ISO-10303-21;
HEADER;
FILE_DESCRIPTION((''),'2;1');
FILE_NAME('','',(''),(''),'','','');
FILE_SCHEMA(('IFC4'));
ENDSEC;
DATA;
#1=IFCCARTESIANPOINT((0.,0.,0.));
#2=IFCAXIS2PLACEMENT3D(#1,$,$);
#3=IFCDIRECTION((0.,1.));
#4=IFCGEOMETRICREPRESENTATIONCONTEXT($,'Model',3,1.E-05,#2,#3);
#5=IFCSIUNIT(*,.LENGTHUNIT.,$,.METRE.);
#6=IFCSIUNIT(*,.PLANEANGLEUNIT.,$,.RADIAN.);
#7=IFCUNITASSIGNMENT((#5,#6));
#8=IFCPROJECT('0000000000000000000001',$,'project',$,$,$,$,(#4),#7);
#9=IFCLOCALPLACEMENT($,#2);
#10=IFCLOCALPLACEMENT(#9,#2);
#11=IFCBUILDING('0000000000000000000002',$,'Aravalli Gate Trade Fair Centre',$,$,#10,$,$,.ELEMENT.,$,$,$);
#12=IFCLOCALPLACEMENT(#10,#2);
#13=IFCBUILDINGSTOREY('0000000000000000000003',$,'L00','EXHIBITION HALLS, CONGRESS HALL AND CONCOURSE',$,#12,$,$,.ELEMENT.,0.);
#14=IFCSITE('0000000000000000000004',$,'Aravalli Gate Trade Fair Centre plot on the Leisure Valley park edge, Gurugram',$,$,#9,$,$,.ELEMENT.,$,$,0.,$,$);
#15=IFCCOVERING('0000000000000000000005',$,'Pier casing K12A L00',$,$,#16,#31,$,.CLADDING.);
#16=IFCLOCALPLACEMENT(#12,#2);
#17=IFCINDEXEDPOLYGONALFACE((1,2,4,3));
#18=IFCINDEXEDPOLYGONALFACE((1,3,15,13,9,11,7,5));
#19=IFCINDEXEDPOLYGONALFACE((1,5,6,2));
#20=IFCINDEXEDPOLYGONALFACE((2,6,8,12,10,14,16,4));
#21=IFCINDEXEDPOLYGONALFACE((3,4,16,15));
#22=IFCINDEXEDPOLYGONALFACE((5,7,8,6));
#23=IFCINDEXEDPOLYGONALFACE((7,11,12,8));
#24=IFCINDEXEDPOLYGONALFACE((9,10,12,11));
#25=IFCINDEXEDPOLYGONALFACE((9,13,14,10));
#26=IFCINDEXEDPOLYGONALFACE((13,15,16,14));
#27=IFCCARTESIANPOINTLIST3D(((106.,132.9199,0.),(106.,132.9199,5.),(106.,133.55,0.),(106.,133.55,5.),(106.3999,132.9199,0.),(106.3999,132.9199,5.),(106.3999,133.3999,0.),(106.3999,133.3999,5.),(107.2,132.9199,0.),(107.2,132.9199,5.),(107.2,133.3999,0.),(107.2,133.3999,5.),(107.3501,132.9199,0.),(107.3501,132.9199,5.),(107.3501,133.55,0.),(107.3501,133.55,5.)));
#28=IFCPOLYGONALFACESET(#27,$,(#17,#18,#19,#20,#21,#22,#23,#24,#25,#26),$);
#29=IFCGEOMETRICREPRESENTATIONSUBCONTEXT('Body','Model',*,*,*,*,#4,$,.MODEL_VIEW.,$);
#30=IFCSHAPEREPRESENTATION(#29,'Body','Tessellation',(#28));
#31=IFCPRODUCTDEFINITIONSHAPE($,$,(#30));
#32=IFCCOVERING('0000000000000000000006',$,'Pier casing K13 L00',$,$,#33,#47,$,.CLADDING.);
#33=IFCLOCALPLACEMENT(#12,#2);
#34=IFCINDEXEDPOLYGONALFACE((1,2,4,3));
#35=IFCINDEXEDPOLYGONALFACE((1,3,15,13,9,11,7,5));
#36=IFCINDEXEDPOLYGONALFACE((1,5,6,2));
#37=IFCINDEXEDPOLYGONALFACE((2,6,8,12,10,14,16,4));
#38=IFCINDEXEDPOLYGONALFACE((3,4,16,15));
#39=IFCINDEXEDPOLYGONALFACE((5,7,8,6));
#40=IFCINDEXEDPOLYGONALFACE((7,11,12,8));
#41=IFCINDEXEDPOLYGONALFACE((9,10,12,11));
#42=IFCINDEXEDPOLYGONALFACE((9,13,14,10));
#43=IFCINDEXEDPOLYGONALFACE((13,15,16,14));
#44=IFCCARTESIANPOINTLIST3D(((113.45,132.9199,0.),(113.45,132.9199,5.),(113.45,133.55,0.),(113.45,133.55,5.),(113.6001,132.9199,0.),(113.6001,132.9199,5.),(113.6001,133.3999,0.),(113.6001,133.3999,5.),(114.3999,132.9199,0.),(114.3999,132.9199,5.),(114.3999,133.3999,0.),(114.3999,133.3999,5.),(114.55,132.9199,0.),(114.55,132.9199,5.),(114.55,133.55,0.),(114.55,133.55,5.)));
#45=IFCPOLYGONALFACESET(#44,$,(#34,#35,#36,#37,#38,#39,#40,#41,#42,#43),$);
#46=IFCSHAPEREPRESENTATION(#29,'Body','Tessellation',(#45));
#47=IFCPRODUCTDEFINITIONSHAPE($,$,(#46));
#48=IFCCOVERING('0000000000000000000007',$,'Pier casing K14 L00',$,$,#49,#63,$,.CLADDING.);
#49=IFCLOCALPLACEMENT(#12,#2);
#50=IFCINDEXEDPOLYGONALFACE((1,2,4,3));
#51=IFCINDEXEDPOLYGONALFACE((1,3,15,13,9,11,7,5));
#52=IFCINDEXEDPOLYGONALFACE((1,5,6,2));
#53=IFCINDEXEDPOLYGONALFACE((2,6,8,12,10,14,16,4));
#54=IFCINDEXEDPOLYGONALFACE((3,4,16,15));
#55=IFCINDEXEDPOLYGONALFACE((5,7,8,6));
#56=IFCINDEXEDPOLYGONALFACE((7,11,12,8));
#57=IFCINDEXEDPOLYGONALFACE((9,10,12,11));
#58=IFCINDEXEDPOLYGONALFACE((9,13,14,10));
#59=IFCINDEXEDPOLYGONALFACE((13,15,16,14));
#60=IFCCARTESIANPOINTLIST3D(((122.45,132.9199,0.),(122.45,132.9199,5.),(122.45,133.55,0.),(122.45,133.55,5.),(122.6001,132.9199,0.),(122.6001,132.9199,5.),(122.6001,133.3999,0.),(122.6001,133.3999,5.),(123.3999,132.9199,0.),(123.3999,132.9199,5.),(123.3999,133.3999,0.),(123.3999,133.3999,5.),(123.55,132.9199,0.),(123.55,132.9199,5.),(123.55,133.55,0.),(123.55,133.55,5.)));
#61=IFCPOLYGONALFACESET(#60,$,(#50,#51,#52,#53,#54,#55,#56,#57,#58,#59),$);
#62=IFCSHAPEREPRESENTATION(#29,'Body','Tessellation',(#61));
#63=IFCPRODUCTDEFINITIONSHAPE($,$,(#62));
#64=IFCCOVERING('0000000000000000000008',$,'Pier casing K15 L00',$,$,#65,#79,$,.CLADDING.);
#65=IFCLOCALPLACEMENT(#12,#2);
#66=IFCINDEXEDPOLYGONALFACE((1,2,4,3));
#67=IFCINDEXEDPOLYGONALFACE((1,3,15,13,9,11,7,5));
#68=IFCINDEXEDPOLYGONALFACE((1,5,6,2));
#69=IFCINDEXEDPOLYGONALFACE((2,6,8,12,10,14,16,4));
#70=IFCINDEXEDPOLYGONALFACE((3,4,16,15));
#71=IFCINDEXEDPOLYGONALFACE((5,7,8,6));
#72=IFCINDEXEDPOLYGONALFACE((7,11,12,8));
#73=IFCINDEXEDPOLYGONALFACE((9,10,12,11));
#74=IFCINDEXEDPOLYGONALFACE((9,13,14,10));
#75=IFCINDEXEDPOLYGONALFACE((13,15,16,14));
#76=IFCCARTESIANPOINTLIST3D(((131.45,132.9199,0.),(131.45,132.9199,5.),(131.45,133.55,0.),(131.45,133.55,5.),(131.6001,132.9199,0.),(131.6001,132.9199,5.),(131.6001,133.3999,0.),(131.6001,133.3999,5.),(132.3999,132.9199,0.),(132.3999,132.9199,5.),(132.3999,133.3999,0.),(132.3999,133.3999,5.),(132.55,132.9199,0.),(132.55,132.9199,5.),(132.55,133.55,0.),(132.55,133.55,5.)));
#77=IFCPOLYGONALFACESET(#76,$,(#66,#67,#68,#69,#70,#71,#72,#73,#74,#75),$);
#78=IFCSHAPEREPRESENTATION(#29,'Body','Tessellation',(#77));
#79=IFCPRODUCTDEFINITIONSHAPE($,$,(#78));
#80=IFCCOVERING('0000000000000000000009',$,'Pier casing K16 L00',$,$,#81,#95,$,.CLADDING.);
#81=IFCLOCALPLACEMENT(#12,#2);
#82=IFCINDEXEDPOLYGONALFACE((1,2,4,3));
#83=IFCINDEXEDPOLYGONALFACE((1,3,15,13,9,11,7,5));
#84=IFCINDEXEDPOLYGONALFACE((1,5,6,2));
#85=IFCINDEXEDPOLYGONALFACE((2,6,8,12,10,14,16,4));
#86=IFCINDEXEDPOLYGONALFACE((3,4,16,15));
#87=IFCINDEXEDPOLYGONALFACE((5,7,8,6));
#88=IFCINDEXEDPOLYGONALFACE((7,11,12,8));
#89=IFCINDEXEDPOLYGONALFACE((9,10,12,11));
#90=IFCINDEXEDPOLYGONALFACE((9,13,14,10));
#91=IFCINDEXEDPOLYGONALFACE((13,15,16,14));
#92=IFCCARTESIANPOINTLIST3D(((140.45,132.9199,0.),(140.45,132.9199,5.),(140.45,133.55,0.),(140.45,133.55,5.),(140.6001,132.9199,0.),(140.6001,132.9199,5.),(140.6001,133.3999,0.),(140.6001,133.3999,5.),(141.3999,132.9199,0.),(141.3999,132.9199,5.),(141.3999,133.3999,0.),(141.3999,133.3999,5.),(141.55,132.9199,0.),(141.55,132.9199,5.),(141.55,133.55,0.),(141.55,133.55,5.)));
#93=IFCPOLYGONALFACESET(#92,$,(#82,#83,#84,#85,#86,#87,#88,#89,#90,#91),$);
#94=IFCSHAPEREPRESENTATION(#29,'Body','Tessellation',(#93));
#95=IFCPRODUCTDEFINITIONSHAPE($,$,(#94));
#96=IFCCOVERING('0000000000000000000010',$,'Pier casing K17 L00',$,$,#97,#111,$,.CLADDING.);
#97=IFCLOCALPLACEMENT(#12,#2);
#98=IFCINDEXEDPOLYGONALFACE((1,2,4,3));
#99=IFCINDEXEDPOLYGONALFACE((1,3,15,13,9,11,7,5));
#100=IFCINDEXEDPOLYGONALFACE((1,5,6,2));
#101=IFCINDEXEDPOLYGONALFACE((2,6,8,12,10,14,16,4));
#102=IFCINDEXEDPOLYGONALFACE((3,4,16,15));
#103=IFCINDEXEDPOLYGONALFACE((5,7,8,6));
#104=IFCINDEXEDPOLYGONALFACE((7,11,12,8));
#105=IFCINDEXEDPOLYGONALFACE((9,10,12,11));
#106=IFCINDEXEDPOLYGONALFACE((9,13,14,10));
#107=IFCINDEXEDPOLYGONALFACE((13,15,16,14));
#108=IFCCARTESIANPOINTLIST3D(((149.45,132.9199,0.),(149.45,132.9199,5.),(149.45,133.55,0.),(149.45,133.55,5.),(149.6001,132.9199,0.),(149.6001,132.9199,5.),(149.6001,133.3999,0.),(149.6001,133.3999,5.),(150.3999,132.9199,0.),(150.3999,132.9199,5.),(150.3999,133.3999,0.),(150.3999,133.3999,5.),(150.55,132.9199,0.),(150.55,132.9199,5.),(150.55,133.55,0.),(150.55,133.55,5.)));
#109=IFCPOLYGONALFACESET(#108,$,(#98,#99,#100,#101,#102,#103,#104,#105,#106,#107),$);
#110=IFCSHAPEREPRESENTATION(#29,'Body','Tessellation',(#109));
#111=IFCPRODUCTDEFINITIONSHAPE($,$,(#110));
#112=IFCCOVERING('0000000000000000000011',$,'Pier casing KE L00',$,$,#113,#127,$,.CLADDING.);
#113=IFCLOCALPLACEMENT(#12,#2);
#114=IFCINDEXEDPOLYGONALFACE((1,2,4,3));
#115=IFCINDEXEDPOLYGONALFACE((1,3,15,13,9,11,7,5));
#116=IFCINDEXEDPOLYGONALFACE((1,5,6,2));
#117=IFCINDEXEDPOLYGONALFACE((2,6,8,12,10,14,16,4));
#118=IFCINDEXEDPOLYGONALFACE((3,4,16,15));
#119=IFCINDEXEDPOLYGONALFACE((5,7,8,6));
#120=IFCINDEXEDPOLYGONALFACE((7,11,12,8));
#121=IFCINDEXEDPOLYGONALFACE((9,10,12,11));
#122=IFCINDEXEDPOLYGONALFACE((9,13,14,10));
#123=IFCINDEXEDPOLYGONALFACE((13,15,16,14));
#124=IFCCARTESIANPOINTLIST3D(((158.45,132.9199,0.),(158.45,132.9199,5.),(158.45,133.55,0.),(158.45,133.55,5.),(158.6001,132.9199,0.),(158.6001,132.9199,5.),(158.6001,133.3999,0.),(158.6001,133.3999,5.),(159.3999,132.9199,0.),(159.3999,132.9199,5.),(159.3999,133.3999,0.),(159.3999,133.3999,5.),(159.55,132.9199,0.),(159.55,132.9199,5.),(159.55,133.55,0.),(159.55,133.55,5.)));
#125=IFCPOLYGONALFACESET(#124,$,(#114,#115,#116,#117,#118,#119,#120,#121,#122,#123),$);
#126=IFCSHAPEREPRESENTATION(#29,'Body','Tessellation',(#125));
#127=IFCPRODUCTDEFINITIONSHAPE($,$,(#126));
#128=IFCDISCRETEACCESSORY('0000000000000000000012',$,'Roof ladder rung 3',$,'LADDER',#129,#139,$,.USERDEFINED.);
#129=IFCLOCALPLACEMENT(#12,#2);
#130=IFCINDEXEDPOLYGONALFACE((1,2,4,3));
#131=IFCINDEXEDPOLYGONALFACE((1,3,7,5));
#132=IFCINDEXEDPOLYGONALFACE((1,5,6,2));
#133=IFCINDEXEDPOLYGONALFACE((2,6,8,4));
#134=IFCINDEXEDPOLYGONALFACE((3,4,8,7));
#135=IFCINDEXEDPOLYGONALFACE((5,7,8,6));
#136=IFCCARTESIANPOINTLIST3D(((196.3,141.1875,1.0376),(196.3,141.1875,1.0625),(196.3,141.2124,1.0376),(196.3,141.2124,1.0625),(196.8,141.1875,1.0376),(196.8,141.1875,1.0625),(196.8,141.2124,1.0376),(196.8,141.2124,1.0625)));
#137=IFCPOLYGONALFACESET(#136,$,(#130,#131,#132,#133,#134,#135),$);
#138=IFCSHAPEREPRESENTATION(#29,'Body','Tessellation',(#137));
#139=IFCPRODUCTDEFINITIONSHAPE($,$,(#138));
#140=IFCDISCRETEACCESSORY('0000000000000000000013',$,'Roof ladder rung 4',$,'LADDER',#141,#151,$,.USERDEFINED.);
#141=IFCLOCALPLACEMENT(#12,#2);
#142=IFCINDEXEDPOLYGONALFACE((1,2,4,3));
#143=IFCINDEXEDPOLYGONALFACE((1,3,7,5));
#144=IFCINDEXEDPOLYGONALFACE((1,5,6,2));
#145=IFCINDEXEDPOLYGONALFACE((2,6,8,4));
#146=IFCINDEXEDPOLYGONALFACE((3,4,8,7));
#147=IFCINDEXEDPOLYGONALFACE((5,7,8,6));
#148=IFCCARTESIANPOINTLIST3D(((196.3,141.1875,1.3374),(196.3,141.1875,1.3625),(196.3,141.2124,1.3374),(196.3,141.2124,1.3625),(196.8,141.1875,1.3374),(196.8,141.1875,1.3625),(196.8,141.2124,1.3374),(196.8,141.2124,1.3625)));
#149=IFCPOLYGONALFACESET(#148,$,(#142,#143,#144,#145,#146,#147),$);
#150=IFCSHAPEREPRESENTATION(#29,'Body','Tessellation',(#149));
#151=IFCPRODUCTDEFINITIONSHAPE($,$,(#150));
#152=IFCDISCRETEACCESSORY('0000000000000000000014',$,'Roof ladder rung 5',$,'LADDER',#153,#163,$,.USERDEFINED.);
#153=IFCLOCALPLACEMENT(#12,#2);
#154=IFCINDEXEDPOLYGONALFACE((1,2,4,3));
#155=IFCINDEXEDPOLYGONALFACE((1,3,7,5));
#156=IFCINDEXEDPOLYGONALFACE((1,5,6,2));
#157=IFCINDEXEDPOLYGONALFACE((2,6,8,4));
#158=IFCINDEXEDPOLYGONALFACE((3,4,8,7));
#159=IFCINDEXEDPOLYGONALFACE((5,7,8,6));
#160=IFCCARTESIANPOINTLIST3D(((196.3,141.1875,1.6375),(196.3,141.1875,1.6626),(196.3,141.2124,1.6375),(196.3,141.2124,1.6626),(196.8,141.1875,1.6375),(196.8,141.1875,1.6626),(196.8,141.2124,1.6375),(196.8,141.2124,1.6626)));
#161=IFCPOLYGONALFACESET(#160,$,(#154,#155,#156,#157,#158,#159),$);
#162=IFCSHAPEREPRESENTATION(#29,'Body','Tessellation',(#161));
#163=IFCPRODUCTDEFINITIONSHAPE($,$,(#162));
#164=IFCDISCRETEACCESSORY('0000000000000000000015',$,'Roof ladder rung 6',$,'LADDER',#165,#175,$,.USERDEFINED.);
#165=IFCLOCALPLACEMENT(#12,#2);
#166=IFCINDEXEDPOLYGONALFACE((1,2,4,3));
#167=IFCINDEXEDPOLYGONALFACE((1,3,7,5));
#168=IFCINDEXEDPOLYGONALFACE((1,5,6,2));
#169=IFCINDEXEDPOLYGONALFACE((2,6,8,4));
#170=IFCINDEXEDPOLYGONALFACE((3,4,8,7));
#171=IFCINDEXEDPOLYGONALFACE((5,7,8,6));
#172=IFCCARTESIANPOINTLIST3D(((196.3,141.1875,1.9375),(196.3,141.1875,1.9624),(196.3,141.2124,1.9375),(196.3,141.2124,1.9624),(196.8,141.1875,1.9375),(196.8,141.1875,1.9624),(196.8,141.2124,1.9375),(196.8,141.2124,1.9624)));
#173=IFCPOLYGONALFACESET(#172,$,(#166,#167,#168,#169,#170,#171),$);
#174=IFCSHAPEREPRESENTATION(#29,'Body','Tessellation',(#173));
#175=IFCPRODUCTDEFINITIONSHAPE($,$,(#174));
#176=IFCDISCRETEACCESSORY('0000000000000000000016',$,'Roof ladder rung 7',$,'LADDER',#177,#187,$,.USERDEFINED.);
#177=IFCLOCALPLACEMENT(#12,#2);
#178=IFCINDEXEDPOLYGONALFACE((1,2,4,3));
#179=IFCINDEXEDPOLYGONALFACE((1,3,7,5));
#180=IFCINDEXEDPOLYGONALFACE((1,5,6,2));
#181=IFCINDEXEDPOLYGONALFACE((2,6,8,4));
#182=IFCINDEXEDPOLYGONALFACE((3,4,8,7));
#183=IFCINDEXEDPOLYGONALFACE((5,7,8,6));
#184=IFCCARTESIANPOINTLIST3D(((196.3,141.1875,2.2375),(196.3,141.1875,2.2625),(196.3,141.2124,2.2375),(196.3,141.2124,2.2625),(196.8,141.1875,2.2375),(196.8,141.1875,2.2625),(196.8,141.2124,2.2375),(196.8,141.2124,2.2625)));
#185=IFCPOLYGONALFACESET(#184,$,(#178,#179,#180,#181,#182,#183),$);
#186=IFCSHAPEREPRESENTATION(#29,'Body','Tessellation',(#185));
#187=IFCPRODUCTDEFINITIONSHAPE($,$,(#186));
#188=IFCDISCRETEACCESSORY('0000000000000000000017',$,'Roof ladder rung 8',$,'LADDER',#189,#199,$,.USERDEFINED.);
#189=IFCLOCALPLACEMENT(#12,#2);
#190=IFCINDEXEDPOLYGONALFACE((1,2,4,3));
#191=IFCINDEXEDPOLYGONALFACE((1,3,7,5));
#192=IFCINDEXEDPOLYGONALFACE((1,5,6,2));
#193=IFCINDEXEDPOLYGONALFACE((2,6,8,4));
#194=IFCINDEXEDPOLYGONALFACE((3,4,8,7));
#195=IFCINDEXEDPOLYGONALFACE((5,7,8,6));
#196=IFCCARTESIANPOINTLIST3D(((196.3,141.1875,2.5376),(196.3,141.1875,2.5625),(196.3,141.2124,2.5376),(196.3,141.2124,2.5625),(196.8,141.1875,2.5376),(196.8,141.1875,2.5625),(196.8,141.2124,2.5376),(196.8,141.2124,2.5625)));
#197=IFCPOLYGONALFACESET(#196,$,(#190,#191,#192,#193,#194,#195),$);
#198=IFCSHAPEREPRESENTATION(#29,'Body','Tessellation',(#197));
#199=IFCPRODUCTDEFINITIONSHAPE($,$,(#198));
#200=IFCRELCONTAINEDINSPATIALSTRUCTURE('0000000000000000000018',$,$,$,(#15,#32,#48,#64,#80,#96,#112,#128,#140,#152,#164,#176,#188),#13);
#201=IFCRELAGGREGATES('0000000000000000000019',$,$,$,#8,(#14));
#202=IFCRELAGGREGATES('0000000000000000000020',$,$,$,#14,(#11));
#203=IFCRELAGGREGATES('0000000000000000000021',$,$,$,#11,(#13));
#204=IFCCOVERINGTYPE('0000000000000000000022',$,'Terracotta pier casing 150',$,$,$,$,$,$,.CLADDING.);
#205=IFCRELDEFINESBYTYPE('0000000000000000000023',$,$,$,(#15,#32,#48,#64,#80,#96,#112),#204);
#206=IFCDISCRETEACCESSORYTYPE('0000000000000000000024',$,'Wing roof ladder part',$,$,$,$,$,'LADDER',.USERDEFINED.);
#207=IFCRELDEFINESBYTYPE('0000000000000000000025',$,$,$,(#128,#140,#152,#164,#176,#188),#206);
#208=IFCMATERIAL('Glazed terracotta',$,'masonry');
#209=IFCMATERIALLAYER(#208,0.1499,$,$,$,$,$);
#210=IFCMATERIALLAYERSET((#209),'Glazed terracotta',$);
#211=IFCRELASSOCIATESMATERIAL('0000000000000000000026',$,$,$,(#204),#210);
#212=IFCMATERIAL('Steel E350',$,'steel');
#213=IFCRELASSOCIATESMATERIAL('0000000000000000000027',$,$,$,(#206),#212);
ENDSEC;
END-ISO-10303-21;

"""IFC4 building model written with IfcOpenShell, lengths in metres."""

from ifc_helpers import new_model, si_unit, direction, frame, origin, place, context, subcontext, project, spatial, polyline, outline, extrude, material, layer, layer_set, type_object, element, save


model = new_model("IFC4")

# Units and contexts
model_context = context("Model", 3, precision=1e-05, world=origin(), true_north=direction((0.0, 1.0)))
body_context = subcontext(model_context, "Body", "Model", "MODEL_VIEW")
ifc_project = project(units=[si_unit("LENGTHUNIT", "METRE"), si_unit("PLANEANGLEUNIT", "RADIAN")], contexts=[model_context])

# Site, building, storey
site_placement = place(None, origin())
site = spatial("IfcSite", under=ifc_project, at=site_placement, Name="Aravalli Gate Trade Fair Centre plot on the Leisure Valley park edge, Gurugram", CompositionType="ELEMENT", RefElevation=0.0)
building_placement = place(site_placement, origin())
building = spatial("IfcBuilding", under=site, at=building_placement, Name="Aravalli Gate Trade Fair Centre", CompositionType="ELEMENT")
storey_placement = place(building_placement, origin())
storey = spatial("IfcBuildingStorey", under=building, at=storey_placement, Name="L00", Description="EXHIBITION HALLS, CONGRESS HALL AND CONCOURSE", CompositionType="ELEMENT", Elevation=0.0)

# Coverings
ifc_material_1 = material(Name="Glazed terracotta", Category="masonry")
ifc_layer_1 = layer(ifc_material_1, 0.1499)
ifc_layer_set_1 = layer_set([ifc_layer_1], Name="Glazed terracotta")
covering_type = type_object("IfcCoveringType", Name="Terracotta pier casing 150", PredefinedType="CLADDING", material=ifc_layer_set_1)
covering_1_placement = place(storey_placement, origin())
element("IfcCovering", 1, at=covering_1_placement, inside=storey, type_object=covering_type, Name="Pier casing K12A L00", PredefinedType="CLADDING", context=body_context, shape_type="SweptSolid", body=[
    extrude(outline(polyline([(106.0, 132.9199), (106.3999, 132.9199), (106.3999, 133.3999), (107.2, 133.3999), (107.2, 132.9199), (107.3501, 132.9199), (107.3501, 133.55), (106.0, 133.55), (106.0, 132.9199)])), origin(), (0.0, 0.0, 1.0), 5.0),
])
covering_2_placement = place(storey_placement, origin())
element("IfcCovering", 2, at=covering_2_placement, inside=storey, type_object=covering_type, Name="Pier casing K13 L00", PredefinedType="CLADDING", context=body_context, shape_type="SweptSolid", body=[
    extrude(outline(polyline([(113.45, 132.9199), (113.6001, 132.9199), (113.6001, 133.3999), (114.3999, 133.3999), (114.3999, 132.9199), (114.55, 132.9199), (114.55, 133.55), (113.45, 133.55), (113.45, 132.9199)])), origin(), (0.0, 0.0, 1.0), 5.0),
])
covering_3_placement = place(storey_placement, origin())
element("IfcCovering", 3, at=covering_3_placement, inside=storey, type_object=covering_type, Name="Pier casing K14 L00", PredefinedType="CLADDING", context=body_context, shape_type="SweptSolid", body=[
    extrude(outline(polyline([(122.45, 132.9199), (122.6001, 132.9199), (122.6001, 133.3999), (123.3999, 133.3999), (123.3999, 132.9199), (123.55, 132.9199), (123.55, 133.55), (122.45, 133.55), (122.45, 132.9199)])), origin(), (0.0, 0.0, 1.0), 5.0),
])
covering_4_placement = place(storey_placement, origin())
element("IfcCovering", 4, at=covering_4_placement, inside=storey, type_object=covering_type, Name="Pier casing K15 L00", PredefinedType="CLADDING", context=body_context, shape_type="SweptSolid", body=[
    extrude(outline(polyline([(131.45, 132.9199), (131.6001, 132.9199), (131.6001, 133.3999), (132.3999, 133.3999), (132.3999, 132.9199), (132.55, 132.9199), (132.55, 133.55), (131.45, 133.55), (131.45, 132.9199)])), origin(), (0.0, 0.0, 1.0), 5.0),
])
covering_5_placement = place(storey_placement, origin())
element("IfcCovering", 5, at=covering_5_placement, inside=storey, type_object=covering_type, Name="Pier casing K16 L00", PredefinedType="CLADDING", context=body_context, shape_type="SweptSolid", body=[
    extrude(outline(polyline([(140.45, 132.9199), (140.6001, 132.9199), (140.6001, 133.3999), (141.3999, 133.3999), (141.3999, 132.9199), (141.55, 132.9199), (141.55, 133.55), (140.45, 133.55), (140.45, 132.9199)])), origin(), (0.0, 0.0, 1.0), 5.0),
])
covering_6_placement = place(storey_placement, origin())
element("IfcCovering", 6, at=covering_6_placement, inside=storey, type_object=covering_type, Name="Pier casing K17 L00", PredefinedType="CLADDING", context=body_context, shape_type="SweptSolid", body=[
    extrude(outline(polyline([(149.45, 132.9199), (149.6001, 132.9199), (149.6001, 133.3999), (150.3999, 133.3999), (150.3999, 132.9199), (150.55, 132.9199), (150.55, 133.55), (149.45, 133.55), (149.45, 132.9199)])), origin(), (0.0, 0.0, 1.0), 5.0),
])
covering_7_placement = place(storey_placement, origin())
element("IfcCovering", 7, at=covering_7_placement, inside=storey, type_object=covering_type, Name="Pier casing KE L00", PredefinedType="CLADDING", context=body_context, shape_type="SweptSolid", body=[
    extrude(outline(polyline([(158.45, 132.9199), (158.6001, 132.9199), (158.6001, 133.3999), (159.3999, 133.3999), (159.3999, 132.9199), (159.55, 132.9199), (159.55, 133.55), (158.45, 133.55), (158.45, 132.9199)])), origin(), (0.0, 0.0, 1.0), 5.0),
])

# Discrete accessories
ifc_material_2 = material(Name="Steel E350", Category="steel")
discrete_accessory_type = type_object("IfcDiscreteAccessoryType", Name="Wing roof ladder part", ElementType="LADDER", PredefinedType="USERDEFINED", material=ifc_material_2)
discrete_accessory_placement = place(storey_placement, frame((0.0, 0.0, 1.0376)))
element("IfcDiscreteAccessory", 8, at=discrete_accessory_placement, inside=storey, type_object=discrete_accessory_type, Name="Roof ladder rung 3", ObjectType="LADDER", PredefinedType="USERDEFINED", context=body_context, shape_type="SweptSolid", body=[
    extrude(outline(polyline([(196.3, 141.1875), (196.8, 141.1875), (196.8, 141.2124), (196.3, 141.2124), (196.3, 141.1875)])), origin(), (0.0, 0.0, 1.0), 0.0249),
])
for number, where, name in (
    (9, (0.0, 0.0, 1.3374), "Roof ladder rung 4"),
    (10, (0.0, 0.0, 1.6375), "Roof ladder rung 5"),
):
    element("IfcDiscreteAccessory", number, at=place(storey_placement, frame(where)), inside=storey, type_object=discrete_accessory_type, Name=name, ObjectType="LADDER", PredefinedType="USERDEFINED", context=body_context, shape_type="SweptSolid", body=[
        extrude(outline(polyline([(196.3, 141.1875), (196.8, 141.1875), (196.8, 141.2124), (196.3, 141.2124), (196.3, 141.1875)])), origin(), (0.0, 0.0, 1.0), 0.0251),
    ])
for number, where, name in (
    (11, (0.0, 0.0, 1.9375), "Roof ladder rung 6"),
    (12, (0.0, 0.0, 2.2375), "Roof ladder rung 7"),
    (13, (0.0, 0.0, 2.5376), "Roof ladder rung 8"),
):
    element("IfcDiscreteAccessory", number, at=place(storey_placement, frame(where)), inside=storey, type_object=discrete_accessory_type, Name=name, ObjectType="LADDER", PredefinedType="USERDEFINED", context=body_context, shape_type="SweptSolid", body=[
        extrude(outline(polyline([(196.3, 141.1875), (196.8, 141.1875), (196.8, 141.2124), (196.3, 141.2124), (196.3, 141.1875)])), origin(), (0.0, 0.0, 1.0), 0.0249),
    ])

save(model, "model.ifc")
